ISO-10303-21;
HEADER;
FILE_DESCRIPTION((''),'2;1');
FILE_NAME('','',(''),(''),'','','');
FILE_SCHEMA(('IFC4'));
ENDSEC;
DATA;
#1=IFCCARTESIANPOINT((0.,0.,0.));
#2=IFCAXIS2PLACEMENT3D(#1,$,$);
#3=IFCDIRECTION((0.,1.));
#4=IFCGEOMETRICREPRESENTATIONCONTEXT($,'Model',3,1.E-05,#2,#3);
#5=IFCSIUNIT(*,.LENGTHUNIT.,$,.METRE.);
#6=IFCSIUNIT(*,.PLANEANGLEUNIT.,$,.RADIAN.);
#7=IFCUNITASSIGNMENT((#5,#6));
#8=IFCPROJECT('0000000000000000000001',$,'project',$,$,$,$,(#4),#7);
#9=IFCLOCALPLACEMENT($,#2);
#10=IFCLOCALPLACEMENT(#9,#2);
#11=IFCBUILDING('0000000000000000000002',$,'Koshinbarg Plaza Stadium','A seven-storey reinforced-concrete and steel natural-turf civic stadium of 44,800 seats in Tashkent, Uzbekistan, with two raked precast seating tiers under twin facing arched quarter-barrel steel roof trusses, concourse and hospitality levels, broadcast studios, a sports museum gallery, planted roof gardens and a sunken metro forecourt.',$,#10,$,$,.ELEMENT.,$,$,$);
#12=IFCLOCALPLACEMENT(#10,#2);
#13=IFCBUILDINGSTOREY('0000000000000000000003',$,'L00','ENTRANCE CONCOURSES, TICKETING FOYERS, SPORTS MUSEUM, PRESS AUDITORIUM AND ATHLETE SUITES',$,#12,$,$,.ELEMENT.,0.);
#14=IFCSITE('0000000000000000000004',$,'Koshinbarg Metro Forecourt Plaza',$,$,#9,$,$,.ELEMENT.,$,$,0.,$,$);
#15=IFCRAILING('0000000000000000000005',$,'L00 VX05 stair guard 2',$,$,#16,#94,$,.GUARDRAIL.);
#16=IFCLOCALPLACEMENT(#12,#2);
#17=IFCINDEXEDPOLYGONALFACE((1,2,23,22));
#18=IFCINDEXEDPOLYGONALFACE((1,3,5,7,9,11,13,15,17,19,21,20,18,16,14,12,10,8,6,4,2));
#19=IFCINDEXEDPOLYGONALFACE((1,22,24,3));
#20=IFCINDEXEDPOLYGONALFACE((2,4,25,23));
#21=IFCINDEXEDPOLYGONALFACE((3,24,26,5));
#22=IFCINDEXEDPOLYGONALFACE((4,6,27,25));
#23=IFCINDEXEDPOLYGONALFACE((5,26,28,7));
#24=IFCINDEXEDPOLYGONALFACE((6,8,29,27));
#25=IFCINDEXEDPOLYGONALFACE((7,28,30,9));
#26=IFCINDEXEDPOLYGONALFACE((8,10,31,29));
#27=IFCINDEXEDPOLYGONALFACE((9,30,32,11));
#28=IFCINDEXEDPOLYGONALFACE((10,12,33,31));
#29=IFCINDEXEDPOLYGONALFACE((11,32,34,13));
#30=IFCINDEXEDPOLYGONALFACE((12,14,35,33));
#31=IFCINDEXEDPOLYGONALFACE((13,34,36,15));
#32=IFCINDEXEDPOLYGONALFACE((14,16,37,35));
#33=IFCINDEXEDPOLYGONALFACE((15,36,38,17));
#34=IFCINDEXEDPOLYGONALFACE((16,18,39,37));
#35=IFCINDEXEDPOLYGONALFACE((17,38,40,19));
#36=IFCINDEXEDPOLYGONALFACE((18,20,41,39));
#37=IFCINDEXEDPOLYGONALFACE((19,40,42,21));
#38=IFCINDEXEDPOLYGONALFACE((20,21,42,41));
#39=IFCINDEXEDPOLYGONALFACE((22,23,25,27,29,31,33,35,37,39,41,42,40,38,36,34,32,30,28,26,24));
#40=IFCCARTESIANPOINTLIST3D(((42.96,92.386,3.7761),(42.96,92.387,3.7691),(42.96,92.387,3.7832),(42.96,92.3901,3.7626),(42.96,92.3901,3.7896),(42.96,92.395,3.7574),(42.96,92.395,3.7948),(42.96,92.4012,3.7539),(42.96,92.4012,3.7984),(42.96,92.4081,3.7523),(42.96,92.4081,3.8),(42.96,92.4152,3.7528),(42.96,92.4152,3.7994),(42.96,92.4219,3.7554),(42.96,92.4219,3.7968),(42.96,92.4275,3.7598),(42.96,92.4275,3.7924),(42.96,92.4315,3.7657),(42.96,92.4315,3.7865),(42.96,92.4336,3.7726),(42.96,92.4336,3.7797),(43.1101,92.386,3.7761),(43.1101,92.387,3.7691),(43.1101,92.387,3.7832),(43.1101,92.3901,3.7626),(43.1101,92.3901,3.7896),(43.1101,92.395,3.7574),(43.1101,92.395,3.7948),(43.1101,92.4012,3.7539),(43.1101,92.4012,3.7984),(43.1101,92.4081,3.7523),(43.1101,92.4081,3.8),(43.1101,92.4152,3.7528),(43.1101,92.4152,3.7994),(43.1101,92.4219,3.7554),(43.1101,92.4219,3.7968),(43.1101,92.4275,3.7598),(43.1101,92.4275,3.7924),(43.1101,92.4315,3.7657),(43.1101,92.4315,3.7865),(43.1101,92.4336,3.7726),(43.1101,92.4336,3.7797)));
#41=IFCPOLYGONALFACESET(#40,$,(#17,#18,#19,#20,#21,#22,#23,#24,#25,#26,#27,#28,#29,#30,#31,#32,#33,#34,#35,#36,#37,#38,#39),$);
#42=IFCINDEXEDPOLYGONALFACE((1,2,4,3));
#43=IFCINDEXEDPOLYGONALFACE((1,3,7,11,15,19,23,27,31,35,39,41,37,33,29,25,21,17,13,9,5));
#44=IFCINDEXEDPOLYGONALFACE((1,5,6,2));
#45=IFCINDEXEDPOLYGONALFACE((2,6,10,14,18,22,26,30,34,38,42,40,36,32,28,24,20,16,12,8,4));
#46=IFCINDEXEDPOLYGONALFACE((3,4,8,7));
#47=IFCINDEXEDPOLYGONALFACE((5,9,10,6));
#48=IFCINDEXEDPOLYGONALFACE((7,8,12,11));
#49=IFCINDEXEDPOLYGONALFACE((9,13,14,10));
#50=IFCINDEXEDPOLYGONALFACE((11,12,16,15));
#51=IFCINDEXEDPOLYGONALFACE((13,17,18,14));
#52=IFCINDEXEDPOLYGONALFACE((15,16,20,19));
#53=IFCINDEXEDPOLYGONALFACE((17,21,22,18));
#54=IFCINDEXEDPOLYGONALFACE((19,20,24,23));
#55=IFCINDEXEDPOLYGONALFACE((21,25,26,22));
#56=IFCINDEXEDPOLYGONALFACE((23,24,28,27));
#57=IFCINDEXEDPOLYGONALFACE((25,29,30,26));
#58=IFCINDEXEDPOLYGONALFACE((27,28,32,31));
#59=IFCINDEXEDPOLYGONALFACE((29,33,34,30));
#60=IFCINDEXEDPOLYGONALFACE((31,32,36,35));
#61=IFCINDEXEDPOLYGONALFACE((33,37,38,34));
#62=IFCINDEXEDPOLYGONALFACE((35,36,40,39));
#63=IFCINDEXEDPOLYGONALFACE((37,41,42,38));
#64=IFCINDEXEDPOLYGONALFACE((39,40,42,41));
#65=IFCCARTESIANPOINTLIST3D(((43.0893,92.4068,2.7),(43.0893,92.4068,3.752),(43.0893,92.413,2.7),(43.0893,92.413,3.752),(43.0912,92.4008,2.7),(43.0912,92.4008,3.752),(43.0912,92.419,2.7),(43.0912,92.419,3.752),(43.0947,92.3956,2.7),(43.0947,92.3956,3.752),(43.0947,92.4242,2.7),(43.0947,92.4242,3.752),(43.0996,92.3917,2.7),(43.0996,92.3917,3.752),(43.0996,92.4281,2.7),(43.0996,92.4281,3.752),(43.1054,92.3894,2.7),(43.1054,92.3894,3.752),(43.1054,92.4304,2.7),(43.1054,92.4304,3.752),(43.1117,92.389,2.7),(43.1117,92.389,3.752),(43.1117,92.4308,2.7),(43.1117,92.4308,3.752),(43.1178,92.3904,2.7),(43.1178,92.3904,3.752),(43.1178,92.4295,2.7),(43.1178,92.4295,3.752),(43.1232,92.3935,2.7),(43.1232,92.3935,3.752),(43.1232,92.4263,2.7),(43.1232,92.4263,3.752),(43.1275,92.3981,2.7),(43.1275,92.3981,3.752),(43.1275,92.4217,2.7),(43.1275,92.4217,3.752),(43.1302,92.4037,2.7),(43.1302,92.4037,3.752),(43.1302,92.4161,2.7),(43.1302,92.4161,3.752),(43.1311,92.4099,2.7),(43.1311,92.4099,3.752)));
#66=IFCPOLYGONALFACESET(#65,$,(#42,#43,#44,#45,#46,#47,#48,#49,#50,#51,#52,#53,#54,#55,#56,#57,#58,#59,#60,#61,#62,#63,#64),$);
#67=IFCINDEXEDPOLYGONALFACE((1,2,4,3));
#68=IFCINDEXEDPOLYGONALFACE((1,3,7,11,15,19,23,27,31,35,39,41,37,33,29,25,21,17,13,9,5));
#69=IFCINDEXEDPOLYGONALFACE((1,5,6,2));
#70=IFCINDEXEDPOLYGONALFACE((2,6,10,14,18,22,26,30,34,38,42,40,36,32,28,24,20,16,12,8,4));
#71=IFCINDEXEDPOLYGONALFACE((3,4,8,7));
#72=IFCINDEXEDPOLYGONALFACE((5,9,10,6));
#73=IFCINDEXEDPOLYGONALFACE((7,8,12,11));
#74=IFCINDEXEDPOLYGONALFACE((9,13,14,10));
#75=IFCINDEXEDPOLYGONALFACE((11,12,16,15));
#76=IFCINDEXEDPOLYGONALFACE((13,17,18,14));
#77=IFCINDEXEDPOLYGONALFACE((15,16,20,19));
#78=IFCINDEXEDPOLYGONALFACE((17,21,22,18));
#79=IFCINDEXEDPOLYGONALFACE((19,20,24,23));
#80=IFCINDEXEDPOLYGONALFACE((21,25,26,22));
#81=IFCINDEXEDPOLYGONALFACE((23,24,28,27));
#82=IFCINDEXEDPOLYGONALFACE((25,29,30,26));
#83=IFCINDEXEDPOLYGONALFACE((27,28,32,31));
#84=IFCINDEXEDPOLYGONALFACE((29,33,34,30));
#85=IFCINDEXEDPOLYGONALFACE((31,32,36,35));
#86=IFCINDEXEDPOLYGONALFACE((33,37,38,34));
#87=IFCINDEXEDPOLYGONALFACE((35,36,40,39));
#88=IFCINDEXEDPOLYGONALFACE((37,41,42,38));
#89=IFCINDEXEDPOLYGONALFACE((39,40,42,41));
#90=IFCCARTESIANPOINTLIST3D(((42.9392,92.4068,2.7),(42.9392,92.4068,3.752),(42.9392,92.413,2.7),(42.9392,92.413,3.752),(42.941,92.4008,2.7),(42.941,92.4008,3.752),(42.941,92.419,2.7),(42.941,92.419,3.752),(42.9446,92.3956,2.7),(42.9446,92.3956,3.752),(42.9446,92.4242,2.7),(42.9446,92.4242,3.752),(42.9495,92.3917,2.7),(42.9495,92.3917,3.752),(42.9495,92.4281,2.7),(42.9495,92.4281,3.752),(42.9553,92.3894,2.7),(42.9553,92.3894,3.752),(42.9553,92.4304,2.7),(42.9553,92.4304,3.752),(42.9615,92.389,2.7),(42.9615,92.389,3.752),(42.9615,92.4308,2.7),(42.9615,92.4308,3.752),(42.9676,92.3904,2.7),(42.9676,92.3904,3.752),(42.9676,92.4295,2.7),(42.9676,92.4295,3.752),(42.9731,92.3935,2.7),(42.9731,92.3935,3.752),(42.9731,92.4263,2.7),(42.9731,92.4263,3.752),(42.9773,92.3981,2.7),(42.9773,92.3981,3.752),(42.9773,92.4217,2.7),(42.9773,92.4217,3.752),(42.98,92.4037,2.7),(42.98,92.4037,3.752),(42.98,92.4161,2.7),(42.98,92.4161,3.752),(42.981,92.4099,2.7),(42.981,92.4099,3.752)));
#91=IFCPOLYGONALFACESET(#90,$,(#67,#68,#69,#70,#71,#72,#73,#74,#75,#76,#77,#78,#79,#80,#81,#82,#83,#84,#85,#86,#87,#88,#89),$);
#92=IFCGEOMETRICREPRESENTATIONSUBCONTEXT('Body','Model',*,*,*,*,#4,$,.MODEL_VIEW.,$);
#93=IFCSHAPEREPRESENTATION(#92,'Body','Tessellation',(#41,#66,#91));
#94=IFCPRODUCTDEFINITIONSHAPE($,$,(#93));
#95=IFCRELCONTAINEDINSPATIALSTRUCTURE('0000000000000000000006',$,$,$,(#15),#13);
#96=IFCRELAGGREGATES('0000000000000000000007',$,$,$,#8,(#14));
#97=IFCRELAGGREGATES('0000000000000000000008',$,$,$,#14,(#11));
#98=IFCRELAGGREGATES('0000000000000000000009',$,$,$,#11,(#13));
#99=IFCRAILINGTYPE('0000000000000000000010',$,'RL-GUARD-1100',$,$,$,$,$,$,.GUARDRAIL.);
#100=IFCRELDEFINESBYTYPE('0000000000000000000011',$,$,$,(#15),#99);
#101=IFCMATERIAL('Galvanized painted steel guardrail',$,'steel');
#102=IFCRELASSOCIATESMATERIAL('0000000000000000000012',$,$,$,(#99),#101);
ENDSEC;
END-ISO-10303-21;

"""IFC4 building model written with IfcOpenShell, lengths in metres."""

from ifc_helpers import new_model, si_unit, direction, frame, origin, origin_2d, place, context, subcontext, project, spatial, circle, extrude, material, type_object, element, save


model = new_model("IFC4")

# Units and contexts
model_context = context("Model", 3, precision=1e-05, world=origin(), true_north=direction((0.0, 1.0)))
body_context = subcontext(model_context, "Body", "Model", "MODEL_VIEW")
ifc_project = project(units=[si_unit("LENGTHUNIT", "METRE"), si_unit("PLANEANGLEUNIT", "RADIAN")], contexts=[model_context])

# Site, building, storey
site_placement = place(None, origin())
site = spatial("IfcSite", under=ifc_project, at=site_placement, Name="Koshinbarg Metro Forecourt Plaza", CompositionType="ELEMENT", RefElevation=0.0)
building_placement = place(site_placement, origin())
building = spatial("IfcBuilding", under=site, at=building_placement, Name="Koshinbarg Plaza Stadium", Description="A seven-storey reinforced-concrete and steel natural-turf civic stadium of 44,800 seats in Tashkent, Uzbekistan, with two raked precast seating tiers under twin facing arched quarter-barrel steel roof trusses, concourse and hospitality levels, broadcast studios, a sports museum gallery, planted roof gardens and a sunken metro forecourt.", CompositionType="ELEMENT")
storey_placement = place(building_placement, origin())
storey = spatial("IfcBuildingStorey", under=building, at=storey_placement, Name="L00", Description="ENTRANCE CONCOURSES, TICKETING FOYERS, SPORTS MUSEUM, PRESS AUDITORIUM AND ATHLETE SUITES", CompositionType="ELEMENT", Elevation=0.0)

# Railing
ifc_material_1 = material(Name="Galvanized painted steel guardrail", Category="steel")
railing_type_1 = type_object("IfcRailingType", Name="RL-GUARD-1100", PredefinedType="GUARDRAIL", material=ifc_material_1)
railing_1_placement = place(storey_placement, frame((43.1101, 92.4099, 2.7)))
element("IfcRailing", 1, at=railing_1_placement, inside=storey, type_object=railing_type_1, Name="L00 VX05 stair guard 2", PredefinedType="GUARDRAIL", context=body_context, shape_type="SweptSolid", body=[
    extrude(circle(Radius=0.0239, at=origin_2d()), frame((0.0, 0.0, 1.0762), z_axis=(-1.0, 0.0, 0.0), x_axis=(0.0, -1.0, 0.0)), (0.0, 0.0, 1.0), 0.1501),
    extrude(circle(Radius=0.021, at=origin_2d()), origin(), (0.0, 0.0, 1.0), 1.052),
    extrude(circle(Radius=0.021, at=origin_2d()), frame((-0.1501, 0.0, 0.0)), (0.0, 0.0, 1.0), 1.052),
])

save(model, "model.ifc")
